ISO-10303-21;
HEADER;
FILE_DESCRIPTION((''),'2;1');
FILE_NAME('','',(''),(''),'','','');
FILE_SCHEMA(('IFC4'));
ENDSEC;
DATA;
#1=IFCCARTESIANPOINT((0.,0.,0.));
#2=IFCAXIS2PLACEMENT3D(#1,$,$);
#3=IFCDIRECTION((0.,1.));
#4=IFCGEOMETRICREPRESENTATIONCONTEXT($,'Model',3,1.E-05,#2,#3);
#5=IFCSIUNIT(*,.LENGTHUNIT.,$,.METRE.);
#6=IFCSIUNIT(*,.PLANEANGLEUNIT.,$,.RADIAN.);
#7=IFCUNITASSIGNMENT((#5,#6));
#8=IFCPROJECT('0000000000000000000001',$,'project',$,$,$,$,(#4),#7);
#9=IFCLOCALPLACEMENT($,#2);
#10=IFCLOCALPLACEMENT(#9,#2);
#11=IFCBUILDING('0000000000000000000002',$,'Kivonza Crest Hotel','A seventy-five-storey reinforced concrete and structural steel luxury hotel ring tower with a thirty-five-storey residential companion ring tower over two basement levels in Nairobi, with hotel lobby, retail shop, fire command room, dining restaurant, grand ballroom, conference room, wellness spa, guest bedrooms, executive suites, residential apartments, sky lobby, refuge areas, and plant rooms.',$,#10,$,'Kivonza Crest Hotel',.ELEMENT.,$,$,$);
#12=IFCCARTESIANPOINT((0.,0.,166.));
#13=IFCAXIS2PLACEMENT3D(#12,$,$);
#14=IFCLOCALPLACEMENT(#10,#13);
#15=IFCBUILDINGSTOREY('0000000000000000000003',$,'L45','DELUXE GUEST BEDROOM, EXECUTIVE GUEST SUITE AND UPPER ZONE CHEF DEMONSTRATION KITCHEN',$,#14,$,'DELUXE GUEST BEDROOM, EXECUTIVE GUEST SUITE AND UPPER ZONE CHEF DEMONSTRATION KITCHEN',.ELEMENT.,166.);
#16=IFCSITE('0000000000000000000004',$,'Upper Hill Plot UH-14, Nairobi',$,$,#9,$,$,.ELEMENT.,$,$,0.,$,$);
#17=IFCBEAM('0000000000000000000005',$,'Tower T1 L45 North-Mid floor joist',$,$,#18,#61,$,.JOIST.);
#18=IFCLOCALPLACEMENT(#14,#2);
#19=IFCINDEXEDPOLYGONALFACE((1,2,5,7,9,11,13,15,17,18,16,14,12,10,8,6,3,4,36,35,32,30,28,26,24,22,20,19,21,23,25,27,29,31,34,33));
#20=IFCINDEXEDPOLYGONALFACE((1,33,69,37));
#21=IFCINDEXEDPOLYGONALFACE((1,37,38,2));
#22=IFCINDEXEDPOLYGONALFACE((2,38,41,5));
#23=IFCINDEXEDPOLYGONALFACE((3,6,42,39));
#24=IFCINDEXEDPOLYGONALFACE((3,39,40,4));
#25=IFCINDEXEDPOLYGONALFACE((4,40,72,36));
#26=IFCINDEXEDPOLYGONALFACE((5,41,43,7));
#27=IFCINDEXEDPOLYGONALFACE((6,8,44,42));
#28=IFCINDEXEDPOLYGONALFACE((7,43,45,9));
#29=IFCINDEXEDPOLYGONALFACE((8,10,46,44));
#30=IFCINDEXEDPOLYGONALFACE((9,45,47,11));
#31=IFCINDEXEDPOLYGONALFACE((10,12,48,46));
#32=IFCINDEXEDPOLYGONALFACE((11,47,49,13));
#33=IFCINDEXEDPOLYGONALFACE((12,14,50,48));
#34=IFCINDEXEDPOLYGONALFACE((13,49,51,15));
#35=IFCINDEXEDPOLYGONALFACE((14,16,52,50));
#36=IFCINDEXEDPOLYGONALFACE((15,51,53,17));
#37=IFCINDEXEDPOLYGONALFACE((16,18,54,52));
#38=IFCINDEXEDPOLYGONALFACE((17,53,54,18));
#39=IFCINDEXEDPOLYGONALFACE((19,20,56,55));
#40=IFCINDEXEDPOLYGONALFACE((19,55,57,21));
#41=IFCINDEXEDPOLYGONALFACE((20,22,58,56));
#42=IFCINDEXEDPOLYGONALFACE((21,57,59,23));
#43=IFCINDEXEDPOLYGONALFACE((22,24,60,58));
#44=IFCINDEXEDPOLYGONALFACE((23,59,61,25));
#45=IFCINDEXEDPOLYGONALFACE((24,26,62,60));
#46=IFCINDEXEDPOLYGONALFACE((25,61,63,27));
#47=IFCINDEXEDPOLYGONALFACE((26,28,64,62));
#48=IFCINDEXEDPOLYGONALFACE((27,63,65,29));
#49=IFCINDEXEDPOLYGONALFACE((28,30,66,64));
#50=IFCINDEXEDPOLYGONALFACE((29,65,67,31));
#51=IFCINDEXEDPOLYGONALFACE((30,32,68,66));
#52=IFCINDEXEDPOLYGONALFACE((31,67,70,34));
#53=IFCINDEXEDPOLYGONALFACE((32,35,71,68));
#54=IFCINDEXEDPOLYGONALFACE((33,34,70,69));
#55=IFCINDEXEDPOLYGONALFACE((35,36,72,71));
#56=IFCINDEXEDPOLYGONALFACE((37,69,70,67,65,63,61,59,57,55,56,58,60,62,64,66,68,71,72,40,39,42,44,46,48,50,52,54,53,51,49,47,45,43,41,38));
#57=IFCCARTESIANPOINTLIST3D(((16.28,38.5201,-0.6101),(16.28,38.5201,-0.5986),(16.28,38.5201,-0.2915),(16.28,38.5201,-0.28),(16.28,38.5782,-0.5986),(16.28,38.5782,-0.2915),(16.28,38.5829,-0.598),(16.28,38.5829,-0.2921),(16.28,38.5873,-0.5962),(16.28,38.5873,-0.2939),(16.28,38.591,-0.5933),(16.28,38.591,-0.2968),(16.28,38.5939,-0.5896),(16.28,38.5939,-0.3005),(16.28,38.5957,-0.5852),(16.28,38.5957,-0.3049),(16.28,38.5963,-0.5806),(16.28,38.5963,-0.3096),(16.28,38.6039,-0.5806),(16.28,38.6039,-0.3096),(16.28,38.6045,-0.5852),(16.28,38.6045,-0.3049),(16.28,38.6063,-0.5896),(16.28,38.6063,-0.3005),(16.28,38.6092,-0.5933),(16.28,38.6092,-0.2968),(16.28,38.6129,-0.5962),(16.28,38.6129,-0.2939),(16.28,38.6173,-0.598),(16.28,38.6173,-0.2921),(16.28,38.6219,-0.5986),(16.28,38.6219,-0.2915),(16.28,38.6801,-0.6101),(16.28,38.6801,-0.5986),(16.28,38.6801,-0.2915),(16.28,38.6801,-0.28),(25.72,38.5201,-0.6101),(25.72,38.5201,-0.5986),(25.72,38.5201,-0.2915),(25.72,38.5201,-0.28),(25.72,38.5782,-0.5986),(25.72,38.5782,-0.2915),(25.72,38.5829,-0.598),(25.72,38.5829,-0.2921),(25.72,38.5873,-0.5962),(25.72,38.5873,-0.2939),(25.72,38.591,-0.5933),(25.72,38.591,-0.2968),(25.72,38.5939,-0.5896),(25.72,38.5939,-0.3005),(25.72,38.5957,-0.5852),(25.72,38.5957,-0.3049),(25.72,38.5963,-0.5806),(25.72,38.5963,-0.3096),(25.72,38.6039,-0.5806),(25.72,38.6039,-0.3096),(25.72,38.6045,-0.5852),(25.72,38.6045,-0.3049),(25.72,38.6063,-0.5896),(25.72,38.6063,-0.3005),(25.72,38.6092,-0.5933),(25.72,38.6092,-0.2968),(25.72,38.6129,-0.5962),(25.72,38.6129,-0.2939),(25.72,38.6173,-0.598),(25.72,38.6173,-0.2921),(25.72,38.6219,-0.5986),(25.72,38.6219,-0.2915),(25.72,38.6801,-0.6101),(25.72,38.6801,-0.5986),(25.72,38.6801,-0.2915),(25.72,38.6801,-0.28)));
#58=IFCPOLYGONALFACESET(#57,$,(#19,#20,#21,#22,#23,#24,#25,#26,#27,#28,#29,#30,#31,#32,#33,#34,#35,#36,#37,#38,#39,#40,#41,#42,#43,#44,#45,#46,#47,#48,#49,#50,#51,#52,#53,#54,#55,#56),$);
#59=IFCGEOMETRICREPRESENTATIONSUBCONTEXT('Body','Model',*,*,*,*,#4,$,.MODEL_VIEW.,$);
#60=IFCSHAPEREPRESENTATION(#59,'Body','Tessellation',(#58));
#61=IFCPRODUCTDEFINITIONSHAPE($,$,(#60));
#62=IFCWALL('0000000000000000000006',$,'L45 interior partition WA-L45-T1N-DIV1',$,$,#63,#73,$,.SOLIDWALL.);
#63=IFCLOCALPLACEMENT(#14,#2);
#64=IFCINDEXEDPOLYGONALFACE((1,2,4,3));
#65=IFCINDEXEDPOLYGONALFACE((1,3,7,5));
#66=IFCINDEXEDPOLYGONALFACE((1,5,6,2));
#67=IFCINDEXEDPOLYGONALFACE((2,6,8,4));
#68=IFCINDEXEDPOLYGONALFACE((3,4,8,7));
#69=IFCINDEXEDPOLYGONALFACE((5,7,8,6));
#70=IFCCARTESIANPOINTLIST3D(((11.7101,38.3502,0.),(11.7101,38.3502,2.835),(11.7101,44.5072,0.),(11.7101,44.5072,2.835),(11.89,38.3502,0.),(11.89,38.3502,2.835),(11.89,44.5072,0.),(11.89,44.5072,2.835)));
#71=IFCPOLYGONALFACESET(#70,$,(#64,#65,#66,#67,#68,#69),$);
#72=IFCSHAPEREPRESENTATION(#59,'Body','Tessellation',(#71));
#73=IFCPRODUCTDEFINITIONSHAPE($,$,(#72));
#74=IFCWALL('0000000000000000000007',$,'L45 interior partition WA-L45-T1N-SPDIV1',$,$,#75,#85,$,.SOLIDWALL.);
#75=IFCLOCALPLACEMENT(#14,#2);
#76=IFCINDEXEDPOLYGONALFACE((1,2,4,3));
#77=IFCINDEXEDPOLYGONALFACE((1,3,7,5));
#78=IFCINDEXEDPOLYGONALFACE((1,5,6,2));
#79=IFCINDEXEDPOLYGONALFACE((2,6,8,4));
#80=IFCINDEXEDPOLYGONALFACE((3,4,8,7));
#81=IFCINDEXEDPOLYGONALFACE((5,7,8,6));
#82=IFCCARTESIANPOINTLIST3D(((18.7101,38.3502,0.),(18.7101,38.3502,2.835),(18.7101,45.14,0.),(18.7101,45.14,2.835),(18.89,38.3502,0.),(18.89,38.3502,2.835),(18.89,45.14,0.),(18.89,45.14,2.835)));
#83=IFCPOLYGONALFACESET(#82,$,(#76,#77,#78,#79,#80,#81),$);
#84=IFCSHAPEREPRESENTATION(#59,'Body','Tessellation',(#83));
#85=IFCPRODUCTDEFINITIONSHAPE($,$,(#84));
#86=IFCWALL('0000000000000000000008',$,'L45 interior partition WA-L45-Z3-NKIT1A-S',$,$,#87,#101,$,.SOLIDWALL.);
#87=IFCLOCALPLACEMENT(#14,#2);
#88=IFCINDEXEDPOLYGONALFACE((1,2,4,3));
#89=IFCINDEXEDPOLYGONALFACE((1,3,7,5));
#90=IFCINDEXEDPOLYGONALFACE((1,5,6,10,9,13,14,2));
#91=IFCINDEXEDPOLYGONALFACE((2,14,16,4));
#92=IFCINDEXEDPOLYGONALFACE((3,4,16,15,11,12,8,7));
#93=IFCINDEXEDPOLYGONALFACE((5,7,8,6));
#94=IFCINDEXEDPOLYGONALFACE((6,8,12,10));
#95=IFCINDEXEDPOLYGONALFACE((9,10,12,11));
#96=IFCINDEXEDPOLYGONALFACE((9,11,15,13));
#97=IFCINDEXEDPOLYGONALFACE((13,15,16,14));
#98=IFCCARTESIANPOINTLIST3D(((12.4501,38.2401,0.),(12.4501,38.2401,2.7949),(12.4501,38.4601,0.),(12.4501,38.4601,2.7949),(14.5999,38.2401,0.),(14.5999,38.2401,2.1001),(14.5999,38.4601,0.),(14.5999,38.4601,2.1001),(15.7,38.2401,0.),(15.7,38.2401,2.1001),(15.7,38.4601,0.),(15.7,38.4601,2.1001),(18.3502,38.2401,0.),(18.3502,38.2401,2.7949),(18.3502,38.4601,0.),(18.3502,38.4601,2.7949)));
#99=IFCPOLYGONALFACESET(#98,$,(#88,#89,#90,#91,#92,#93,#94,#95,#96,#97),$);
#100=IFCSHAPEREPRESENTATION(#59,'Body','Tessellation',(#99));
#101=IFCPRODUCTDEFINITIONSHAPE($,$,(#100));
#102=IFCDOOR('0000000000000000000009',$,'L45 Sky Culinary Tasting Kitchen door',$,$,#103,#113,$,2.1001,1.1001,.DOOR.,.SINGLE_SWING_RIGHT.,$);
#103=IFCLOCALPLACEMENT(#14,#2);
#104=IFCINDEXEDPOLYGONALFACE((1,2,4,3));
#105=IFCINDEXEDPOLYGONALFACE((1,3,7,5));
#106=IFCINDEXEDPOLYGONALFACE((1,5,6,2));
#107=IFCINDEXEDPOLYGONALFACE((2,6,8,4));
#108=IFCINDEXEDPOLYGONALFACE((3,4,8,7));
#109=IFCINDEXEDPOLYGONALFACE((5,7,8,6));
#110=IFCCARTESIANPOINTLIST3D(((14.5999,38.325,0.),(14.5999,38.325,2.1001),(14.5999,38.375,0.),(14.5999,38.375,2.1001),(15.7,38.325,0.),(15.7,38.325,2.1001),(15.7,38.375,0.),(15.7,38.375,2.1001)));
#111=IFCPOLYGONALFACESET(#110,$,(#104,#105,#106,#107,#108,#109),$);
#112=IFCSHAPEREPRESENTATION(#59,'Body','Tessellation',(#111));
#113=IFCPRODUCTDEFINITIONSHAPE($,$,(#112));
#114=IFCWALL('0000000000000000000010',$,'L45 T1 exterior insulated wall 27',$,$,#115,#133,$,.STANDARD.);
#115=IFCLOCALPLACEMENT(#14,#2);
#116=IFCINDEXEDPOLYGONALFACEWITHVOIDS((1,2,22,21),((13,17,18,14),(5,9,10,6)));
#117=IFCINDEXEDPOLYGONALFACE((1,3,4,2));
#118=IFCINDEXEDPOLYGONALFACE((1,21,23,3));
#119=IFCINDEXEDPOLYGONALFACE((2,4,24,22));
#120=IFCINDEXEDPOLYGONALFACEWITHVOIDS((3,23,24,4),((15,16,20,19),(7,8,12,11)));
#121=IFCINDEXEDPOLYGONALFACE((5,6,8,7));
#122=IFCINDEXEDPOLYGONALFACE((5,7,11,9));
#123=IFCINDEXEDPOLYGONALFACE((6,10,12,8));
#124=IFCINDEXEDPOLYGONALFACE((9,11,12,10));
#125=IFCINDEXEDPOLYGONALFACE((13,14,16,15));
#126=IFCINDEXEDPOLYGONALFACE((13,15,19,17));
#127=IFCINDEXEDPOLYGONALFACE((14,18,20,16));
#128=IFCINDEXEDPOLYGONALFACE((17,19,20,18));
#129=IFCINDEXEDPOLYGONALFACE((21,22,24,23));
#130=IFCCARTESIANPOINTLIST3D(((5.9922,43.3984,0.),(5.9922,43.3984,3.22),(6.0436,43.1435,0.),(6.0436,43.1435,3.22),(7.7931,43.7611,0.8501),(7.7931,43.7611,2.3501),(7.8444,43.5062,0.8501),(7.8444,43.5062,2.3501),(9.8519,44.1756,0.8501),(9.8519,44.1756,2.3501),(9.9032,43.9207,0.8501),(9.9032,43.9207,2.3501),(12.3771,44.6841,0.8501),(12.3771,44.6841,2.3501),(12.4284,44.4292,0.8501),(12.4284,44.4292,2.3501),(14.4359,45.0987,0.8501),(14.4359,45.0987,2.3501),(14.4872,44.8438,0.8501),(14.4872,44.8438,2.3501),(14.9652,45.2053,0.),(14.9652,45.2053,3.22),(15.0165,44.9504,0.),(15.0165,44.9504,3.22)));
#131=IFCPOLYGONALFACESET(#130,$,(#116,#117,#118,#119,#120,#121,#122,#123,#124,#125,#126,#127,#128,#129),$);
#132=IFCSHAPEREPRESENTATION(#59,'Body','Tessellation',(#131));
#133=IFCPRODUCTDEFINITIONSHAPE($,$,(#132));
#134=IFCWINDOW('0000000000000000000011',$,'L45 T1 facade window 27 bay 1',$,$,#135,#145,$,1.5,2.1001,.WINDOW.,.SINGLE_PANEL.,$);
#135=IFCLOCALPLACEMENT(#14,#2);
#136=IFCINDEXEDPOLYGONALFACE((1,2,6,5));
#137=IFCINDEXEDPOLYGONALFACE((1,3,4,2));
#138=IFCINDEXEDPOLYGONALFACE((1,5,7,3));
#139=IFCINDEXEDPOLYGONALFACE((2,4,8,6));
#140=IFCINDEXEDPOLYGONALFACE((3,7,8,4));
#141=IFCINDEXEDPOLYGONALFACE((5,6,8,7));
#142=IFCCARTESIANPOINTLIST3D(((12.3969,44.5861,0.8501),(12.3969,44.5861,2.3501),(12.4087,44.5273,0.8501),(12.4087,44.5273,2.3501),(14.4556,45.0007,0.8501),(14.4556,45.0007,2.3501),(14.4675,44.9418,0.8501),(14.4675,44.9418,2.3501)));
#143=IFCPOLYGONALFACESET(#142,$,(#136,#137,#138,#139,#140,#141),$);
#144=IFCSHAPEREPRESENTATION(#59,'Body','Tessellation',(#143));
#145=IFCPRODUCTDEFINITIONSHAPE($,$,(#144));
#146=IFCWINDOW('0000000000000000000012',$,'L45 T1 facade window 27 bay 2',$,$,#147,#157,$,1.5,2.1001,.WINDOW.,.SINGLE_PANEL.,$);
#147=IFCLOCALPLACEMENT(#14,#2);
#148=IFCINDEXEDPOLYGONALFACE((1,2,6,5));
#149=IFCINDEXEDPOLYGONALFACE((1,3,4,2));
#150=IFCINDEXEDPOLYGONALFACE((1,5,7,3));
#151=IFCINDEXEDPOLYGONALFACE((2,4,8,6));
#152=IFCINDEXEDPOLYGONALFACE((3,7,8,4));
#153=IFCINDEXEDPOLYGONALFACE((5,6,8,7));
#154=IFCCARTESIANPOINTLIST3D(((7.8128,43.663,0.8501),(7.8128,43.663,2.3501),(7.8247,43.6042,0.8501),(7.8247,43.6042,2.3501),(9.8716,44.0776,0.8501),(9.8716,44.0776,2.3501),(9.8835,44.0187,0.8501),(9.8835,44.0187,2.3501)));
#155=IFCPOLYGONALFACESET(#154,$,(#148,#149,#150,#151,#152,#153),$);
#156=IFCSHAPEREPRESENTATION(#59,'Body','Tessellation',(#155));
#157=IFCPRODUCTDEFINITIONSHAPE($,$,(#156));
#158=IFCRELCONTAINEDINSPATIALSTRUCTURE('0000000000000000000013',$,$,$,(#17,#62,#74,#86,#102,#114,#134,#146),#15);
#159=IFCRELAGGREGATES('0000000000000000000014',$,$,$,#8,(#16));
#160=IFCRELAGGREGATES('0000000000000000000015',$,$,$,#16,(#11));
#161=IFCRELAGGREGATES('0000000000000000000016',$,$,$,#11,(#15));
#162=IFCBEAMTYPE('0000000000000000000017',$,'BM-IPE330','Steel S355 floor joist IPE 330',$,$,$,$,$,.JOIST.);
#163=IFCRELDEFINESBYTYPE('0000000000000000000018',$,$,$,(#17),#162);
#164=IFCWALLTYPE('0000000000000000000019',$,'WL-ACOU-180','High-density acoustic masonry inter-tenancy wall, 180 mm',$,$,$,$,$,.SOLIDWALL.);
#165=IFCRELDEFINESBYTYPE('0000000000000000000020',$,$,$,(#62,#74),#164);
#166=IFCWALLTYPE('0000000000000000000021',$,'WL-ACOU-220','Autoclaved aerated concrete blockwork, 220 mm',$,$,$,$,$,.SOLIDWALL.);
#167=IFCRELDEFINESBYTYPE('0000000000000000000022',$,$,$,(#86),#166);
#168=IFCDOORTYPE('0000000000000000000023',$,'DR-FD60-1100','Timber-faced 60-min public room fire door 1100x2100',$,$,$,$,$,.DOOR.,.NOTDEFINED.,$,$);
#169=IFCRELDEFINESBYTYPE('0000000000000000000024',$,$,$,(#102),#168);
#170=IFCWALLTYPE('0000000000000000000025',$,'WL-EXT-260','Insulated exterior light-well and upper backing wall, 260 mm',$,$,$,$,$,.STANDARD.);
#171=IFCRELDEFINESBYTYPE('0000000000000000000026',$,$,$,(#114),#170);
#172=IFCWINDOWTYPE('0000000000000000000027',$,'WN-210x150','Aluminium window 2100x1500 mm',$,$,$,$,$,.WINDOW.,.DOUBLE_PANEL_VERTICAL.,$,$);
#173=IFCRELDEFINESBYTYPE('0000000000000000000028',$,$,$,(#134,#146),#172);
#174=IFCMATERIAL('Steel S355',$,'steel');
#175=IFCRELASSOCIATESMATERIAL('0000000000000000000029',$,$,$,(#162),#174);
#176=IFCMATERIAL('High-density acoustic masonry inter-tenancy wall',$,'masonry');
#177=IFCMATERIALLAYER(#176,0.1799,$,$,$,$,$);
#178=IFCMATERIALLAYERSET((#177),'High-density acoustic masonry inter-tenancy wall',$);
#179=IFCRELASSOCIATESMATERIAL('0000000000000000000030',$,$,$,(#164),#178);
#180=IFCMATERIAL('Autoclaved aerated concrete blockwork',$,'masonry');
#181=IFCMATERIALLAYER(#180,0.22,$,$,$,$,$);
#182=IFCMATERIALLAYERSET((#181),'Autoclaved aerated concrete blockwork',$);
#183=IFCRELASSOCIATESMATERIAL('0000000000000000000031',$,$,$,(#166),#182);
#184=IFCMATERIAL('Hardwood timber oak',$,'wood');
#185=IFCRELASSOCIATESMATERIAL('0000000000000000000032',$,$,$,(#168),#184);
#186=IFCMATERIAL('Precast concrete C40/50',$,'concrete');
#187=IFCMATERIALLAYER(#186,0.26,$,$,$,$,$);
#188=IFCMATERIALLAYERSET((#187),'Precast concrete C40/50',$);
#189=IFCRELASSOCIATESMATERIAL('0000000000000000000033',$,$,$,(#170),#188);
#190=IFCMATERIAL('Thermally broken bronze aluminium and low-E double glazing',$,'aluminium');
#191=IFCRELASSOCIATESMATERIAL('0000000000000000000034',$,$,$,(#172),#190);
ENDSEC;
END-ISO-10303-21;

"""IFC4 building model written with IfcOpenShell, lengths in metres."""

from ifc_helpers import new_model, si_unit, direction, frame, frame_2d, origin, origin_2d, place, context, subcontext, project, spatial, rectangle, i_section, extrude, material, layer, layer_set, material_profile, profile_set, type_object, element, fill, save


model = new_model("IFC4")

# Units and contexts
model_context = context("Model", 3, precision=1e-05, world=origin(), true_north=direction((0.0, 1.0)))
body_context = subcontext(model_context, "Body", "Model", "MODEL_VIEW")
ifc_project = project(units=[si_unit("LENGTHUNIT", "METRE"), si_unit("PLANEANGLEUNIT", "RADIAN")], contexts=[model_context])

# Site, building, storey
site_placement = place(None, origin())
site = spatial("IfcSite", under=ifc_project, at=site_placement, Name="Upper Hill Plot UH-14, Nairobi", CompositionType="ELEMENT", RefElevation=0.0)
building_placement = place(site_placement, origin())
building = spatial("IfcBuilding", under=site, at=building_placement, Name="Kivonza Crest Hotel", Description="A seventy-five-storey reinforced concrete and structural steel luxury hotel ring tower with a thirty-five-storey residential companion ring tower over two basement levels in Nairobi, with hotel lobby, retail shop, fire command room, dining restaurant, grand ballroom, conference room, wellness spa, guest bedrooms, executive suites, residential apartments, sky lobby, refuge areas, and plant rooms.", LongName="Kivonza Crest Hotel", CompositionType="ELEMENT")
storey_placement = place(building_placement, frame((0.0, 0.0, 166.0)))
storey = spatial("IfcBuildingStorey", under=building, at=storey_placement, Name="L45", Description="DELUXE GUEST BEDROOM, EXECUTIVE GUEST SUITE AND UPPER ZONE CHEF DEMONSTRATION KITCHEN", LongName="DELUXE GUEST BEDROOM, EXECUTIVE GUEST SUITE AND UPPER ZONE CHEF DEMONSTRATION KITCHEN", CompositionType="ELEMENT", Elevation=166.0)

# Beam
ifc_material_1 = material(Name="Steel S355", Category="steel")
ifc_material_profile_1 = material_profile(ifc_material_1, i_section(OverallWidth=0.1599, OverallDepth=0.3301, WebThickness=0.0076, FlangeThickness=0.0115, FilletRadius=0.0181, at=origin_2d()), Name="IPE 330")
ifc_profile_set_1 = profile_set([ifc_material_profile_1], Name="Steel S355")
beam_type_1 = type_object("IfcBeamType", Name="BM-IPE330", Description="Steel S355 floor joist IPE 330", PredefinedType="JOIST", material=ifc_profile_set_1)
beam_1_placement = place(storey_placement, frame((16.28, 38.6001, -0.4451), z_axis=(1.0, 0.0, 0.0), x_axis=(0.0, 1.0, 0.0)))
element("IfcBeam", 1, at=beam_1_placement, inside=storey, type_object=beam_type_1, Name="Tower T1 L45 North-Mid floor joist", PredefinedType="JOIST", context=body_context, shape_type="SweptSolid", body=[
    extrude(i_section(OverallWidth=0.1599, OverallDepth=0.3301, WebThickness=0.0076, FlangeThickness=0.0115, FilletRadius=0.0181, at=origin_2d()), origin(), (0.0, 0.0, 1.0), 9.4399),
])

# Walls
ifc_material_2 = material(Name="High-density acoustic masonry inter-tenancy wall", Category="masonry")
ifc_layer_1 = layer(ifc_material_2, 0.1799)
ifc_layer_set_1 = layer_set([ifc_layer_1], Name="High-density acoustic masonry inter-tenancy wall")
wall_type_1 = type_object("IfcWallType", Name="WL-ACOU-180", Description="High-density acoustic masonry inter-tenancy wall, 180 mm", PredefinedType="SOLIDWALL", material=ifc_layer_set_1)
wall_1_placement = place(storey_placement, frame((11.8, 38.3501, 0.0), z_axis=(0.0, 0.0, 1.0), x_axis=(0.0, 1.0, 0.0)))
element("IfcWall", 2, at=wall_1_placement, inside=storey, type_object=wall_type_1, Name="L45 interior partition WA-L45-T1N-DIV1", PredefinedType="SOLIDWALL", context=body_context, shape_type="SweptSolid", body=[
    extrude(rectangle(XDim=6.157, YDim=0.1799, at=frame_2d((3.0786, 0.0))), origin(), (0.0, 0.0, 1.0), 2.835),
])
wall_2_placement = place(storey_placement, frame((18.8, 38.3501, 0.0), z_axis=(0.0, 0.0, 1.0), x_axis=(0.0, 1.0, 0.0)))
element("IfcWall", 3, at=wall_2_placement, inside=storey, type_object=wall_type_1, Name="L45 interior partition WA-L45-T1N-SPDIV1", PredefinedType="SOLIDWALL", context=body_context, shape_type="SweptSolid", body=[
    extrude(rectangle(XDim=6.7898, YDim=0.1799, at=frame_2d((3.395, 0.0))), origin(), (0.0, 0.0, 1.0), 2.835),
])

# Wall, opening, door
ifc_material_3 = material(Name="Autoclaved aerated concrete blockwork", Category="masonry")
ifc_layer_2 = layer(ifc_material_3, 0.22)
ifc_layer_set_2 = layer_set([ifc_layer_2], Name="Autoclaved aerated concrete blockwork")
wall_type_2 = type_object("IfcWallType", Name="WL-ACOU-220", Description="Autoclaved aerated concrete blockwork, 220 mm", PredefinedType="SOLIDWALL", material=ifc_layer_set_2)
wall_3_placement = place(storey_placement, frame((12.45, 38.3501, 0.0), z_axis=(0.0, 0.0, 1.0), x_axis=(1.0, 0.0, 0.0)))
wall_3 = element("IfcWall", 4, at=wall_3_placement, inside=storey, type_object=wall_type_2, Name="L45 interior partition WA-L45-Z3-NKIT1A-S", PredefinedType="SOLIDWALL", context=body_context, shape_type="SweptSolid", body=[
    extrude(rectangle(XDim=5.9001, YDim=0.22, at=frame_2d((2.9502, 0.0))), origin(), (0.0, 0.0, 1.0), 2.7949),
])
opening_1_placement = place(wall_3_placement, frame((2.1499, 0.0, 0.0)))
opening_1 = element("IfcOpeningElement", 5, at=opening_1_placement, cuts=wall_3, PredefinedType="OPENING", context=body_context, shape_type="SweptSolid", body=[
    extrude(rectangle(XDim=1.1001, YDim=2.1001, at=frame_2d((0.55, 1.05))), frame((0.0, 0.1201, 0.0), z_axis=(0.0, -1.0, 0.0), x_axis=(1.0, 0.0, 0.0)), (0.0, 0.0, 1.0), 0.24),
])
ifc_material_4 = material(Name="Hardwood timber oak", Category="wood")
door_type = type_object("IfcDoorType", Name="DR-FD60-1100", Description="Timber-faced 60-min public room fire door 1100x2100", OperationType="NOTDEFINED", PredefinedType="DOOR", material=ifc_material_4)
door_placement = place(opening_1_placement, origin())
door = element("IfcDoor", 6, at=door_placement, inside=storey, type_object=door_type, Name="L45 Sky Culinary Tasting Kitchen door", OperationType="SINGLE_SWING_RIGHT", OverallHeight=2.1001, OverallWidth=1.1001, PredefinedType="DOOR", context=body_context, shape_type="SweptSolid", body=[
    extrude(rectangle(XDim=1.1001, YDim=2.1001, at=frame_2d((0.55, 1.05))), frame((0.0, 0.0249, 0.0), z_axis=(0.0, -1.0, 0.0), x_axis=(1.0, 0.0, 0.0)), (0.0, 0.0, 1.0), 0.05),
])
fill(opening_1, door)

# Wall, openings, windows
ifc_material_5 = material(Name="Precast concrete C40/50", Category="concrete")
ifc_layer_3 = layer(ifc_material_5, 0.26)
ifc_layer_set_3 = layer_set([ifc_layer_3], Name="Precast concrete C40/50")
wall_type_3 = type_object("IfcWallType", Name="WL-EXT-260", Description="Insulated exterior light-well and upper backing wall, 260 mm", PredefinedType="STANDARD", material=ifc_layer_set_3)
wall_4_placement = place(storey_placement, frame((14.991, 45.0779, 0.0), z_axis=(0.0, 0.0, 1.0), x_axis=(-0.980321, -0.197409, 0.0)))
wall_4 = element("IfcWall", 7, at=wall_4_placement, inside=storey, type_object=wall_type_3, Name="L45 T1 exterior insulated wall 27", PredefinedType="STANDARD", context=body_context, shape_type="SweptSolid", body=[
    extrude(rectangle(XDim=9.1531, YDim=0.26, at=frame_2d((4.5767, 0.0))), origin(), (0.0, 0.0, 1.0), 3.22),
])
opening_2_placement = place(wall_4_placement, frame((0.54, 0.0, 0.8501)))
opening_2 = element("IfcOpeningElement", 8, at=opening_2_placement, cuts=wall_4, PredefinedType="OPENING", context=body_context, shape_type="SweptSolid", body=[
    extrude(rectangle(XDim=2.1001, YDim=1.5, at=frame_2d((1.05, 0.75))), frame((0.0, 0.1401, 0.0), z_axis=(0.0, -1.0, 0.0), x_axis=(1.0, 0.0, 0.0)), (0.0, 0.0, 1.0), 0.28),
])
opening_3_placement = place(wall_4_placement, frame((5.2161, 0.0, 0.8501)))
opening_3 = element("IfcOpeningElement", 9, at=opening_3_placement, cuts=wall_4, PredefinedType="OPENING", context=body_context, shape_type="SweptSolid", body=[
    extrude(rectangle(XDim=2.1001, YDim=1.5, at=frame_2d((1.05, 0.75))), frame((0.0, 0.1401, 0.0), z_axis=(0.0, -1.0, 0.0), x_axis=(1.0, 0.0, 0.0)), (0.0, 0.0, 1.0), 0.28),
])
ifc_material_6 = material(Name="Thermally broken bronze aluminium and low-E double glazing", Category="aluminium")
window_type = type_object("IfcWindowType", Name="WN-210x150", Description="Aluminium window 2100x1500 mm", PartitioningType="DOUBLE_PANEL_VERTICAL", PredefinedType="WINDOW", material=ifc_material_6)
window_1_placement = place(opening_2_placement, origin())
window_1 = element("IfcWindow", 10, at=window_1_placement, inside=storey, type_object=window_type, Name="L45 T1 facade window 27 bay 1", OverallHeight=1.5, OverallWidth=2.1001, PartitioningType="SINGLE_PANEL", PredefinedType="WINDOW", context=body_context, shape_type="SweptSolid", body=[
    extrude(rectangle(XDim=2.1001, YDim=1.5, at=frame_2d((1.05, 0.75))), frame((0.0, 0.03, 0.0), z_axis=(0.0, -1.0, 0.0), x_axis=(1.0, 0.0, 0.0)), (0.0, 0.0, 1.0), 0.0601),
])
fill(opening_2, window_1)
window_2_placement = place(opening_3_placement, origin())
window_2 = element("IfcWindow", 11, at=window_2_placement, inside=storey, type_object=window_type, Name="L45 T1 facade window 27 bay 2", OverallHeight=1.5, OverallWidth=2.1001, PartitioningType="SINGLE_PANEL", PredefinedType="WINDOW", context=body_context, shape_type="SweptSolid", body=[
    extrude(rectangle(XDim=2.1001, YDim=1.5, at=frame_2d((1.05, 0.75))), frame((0.0, 0.03, 0.0), z_axis=(0.0, -1.0, 0.0), x_axis=(1.0, 0.0, 0.0)), (0.0, 0.0, 1.0), 0.0601),
])
fill(opening_3, window_2)

save(model, "model.ifc")
